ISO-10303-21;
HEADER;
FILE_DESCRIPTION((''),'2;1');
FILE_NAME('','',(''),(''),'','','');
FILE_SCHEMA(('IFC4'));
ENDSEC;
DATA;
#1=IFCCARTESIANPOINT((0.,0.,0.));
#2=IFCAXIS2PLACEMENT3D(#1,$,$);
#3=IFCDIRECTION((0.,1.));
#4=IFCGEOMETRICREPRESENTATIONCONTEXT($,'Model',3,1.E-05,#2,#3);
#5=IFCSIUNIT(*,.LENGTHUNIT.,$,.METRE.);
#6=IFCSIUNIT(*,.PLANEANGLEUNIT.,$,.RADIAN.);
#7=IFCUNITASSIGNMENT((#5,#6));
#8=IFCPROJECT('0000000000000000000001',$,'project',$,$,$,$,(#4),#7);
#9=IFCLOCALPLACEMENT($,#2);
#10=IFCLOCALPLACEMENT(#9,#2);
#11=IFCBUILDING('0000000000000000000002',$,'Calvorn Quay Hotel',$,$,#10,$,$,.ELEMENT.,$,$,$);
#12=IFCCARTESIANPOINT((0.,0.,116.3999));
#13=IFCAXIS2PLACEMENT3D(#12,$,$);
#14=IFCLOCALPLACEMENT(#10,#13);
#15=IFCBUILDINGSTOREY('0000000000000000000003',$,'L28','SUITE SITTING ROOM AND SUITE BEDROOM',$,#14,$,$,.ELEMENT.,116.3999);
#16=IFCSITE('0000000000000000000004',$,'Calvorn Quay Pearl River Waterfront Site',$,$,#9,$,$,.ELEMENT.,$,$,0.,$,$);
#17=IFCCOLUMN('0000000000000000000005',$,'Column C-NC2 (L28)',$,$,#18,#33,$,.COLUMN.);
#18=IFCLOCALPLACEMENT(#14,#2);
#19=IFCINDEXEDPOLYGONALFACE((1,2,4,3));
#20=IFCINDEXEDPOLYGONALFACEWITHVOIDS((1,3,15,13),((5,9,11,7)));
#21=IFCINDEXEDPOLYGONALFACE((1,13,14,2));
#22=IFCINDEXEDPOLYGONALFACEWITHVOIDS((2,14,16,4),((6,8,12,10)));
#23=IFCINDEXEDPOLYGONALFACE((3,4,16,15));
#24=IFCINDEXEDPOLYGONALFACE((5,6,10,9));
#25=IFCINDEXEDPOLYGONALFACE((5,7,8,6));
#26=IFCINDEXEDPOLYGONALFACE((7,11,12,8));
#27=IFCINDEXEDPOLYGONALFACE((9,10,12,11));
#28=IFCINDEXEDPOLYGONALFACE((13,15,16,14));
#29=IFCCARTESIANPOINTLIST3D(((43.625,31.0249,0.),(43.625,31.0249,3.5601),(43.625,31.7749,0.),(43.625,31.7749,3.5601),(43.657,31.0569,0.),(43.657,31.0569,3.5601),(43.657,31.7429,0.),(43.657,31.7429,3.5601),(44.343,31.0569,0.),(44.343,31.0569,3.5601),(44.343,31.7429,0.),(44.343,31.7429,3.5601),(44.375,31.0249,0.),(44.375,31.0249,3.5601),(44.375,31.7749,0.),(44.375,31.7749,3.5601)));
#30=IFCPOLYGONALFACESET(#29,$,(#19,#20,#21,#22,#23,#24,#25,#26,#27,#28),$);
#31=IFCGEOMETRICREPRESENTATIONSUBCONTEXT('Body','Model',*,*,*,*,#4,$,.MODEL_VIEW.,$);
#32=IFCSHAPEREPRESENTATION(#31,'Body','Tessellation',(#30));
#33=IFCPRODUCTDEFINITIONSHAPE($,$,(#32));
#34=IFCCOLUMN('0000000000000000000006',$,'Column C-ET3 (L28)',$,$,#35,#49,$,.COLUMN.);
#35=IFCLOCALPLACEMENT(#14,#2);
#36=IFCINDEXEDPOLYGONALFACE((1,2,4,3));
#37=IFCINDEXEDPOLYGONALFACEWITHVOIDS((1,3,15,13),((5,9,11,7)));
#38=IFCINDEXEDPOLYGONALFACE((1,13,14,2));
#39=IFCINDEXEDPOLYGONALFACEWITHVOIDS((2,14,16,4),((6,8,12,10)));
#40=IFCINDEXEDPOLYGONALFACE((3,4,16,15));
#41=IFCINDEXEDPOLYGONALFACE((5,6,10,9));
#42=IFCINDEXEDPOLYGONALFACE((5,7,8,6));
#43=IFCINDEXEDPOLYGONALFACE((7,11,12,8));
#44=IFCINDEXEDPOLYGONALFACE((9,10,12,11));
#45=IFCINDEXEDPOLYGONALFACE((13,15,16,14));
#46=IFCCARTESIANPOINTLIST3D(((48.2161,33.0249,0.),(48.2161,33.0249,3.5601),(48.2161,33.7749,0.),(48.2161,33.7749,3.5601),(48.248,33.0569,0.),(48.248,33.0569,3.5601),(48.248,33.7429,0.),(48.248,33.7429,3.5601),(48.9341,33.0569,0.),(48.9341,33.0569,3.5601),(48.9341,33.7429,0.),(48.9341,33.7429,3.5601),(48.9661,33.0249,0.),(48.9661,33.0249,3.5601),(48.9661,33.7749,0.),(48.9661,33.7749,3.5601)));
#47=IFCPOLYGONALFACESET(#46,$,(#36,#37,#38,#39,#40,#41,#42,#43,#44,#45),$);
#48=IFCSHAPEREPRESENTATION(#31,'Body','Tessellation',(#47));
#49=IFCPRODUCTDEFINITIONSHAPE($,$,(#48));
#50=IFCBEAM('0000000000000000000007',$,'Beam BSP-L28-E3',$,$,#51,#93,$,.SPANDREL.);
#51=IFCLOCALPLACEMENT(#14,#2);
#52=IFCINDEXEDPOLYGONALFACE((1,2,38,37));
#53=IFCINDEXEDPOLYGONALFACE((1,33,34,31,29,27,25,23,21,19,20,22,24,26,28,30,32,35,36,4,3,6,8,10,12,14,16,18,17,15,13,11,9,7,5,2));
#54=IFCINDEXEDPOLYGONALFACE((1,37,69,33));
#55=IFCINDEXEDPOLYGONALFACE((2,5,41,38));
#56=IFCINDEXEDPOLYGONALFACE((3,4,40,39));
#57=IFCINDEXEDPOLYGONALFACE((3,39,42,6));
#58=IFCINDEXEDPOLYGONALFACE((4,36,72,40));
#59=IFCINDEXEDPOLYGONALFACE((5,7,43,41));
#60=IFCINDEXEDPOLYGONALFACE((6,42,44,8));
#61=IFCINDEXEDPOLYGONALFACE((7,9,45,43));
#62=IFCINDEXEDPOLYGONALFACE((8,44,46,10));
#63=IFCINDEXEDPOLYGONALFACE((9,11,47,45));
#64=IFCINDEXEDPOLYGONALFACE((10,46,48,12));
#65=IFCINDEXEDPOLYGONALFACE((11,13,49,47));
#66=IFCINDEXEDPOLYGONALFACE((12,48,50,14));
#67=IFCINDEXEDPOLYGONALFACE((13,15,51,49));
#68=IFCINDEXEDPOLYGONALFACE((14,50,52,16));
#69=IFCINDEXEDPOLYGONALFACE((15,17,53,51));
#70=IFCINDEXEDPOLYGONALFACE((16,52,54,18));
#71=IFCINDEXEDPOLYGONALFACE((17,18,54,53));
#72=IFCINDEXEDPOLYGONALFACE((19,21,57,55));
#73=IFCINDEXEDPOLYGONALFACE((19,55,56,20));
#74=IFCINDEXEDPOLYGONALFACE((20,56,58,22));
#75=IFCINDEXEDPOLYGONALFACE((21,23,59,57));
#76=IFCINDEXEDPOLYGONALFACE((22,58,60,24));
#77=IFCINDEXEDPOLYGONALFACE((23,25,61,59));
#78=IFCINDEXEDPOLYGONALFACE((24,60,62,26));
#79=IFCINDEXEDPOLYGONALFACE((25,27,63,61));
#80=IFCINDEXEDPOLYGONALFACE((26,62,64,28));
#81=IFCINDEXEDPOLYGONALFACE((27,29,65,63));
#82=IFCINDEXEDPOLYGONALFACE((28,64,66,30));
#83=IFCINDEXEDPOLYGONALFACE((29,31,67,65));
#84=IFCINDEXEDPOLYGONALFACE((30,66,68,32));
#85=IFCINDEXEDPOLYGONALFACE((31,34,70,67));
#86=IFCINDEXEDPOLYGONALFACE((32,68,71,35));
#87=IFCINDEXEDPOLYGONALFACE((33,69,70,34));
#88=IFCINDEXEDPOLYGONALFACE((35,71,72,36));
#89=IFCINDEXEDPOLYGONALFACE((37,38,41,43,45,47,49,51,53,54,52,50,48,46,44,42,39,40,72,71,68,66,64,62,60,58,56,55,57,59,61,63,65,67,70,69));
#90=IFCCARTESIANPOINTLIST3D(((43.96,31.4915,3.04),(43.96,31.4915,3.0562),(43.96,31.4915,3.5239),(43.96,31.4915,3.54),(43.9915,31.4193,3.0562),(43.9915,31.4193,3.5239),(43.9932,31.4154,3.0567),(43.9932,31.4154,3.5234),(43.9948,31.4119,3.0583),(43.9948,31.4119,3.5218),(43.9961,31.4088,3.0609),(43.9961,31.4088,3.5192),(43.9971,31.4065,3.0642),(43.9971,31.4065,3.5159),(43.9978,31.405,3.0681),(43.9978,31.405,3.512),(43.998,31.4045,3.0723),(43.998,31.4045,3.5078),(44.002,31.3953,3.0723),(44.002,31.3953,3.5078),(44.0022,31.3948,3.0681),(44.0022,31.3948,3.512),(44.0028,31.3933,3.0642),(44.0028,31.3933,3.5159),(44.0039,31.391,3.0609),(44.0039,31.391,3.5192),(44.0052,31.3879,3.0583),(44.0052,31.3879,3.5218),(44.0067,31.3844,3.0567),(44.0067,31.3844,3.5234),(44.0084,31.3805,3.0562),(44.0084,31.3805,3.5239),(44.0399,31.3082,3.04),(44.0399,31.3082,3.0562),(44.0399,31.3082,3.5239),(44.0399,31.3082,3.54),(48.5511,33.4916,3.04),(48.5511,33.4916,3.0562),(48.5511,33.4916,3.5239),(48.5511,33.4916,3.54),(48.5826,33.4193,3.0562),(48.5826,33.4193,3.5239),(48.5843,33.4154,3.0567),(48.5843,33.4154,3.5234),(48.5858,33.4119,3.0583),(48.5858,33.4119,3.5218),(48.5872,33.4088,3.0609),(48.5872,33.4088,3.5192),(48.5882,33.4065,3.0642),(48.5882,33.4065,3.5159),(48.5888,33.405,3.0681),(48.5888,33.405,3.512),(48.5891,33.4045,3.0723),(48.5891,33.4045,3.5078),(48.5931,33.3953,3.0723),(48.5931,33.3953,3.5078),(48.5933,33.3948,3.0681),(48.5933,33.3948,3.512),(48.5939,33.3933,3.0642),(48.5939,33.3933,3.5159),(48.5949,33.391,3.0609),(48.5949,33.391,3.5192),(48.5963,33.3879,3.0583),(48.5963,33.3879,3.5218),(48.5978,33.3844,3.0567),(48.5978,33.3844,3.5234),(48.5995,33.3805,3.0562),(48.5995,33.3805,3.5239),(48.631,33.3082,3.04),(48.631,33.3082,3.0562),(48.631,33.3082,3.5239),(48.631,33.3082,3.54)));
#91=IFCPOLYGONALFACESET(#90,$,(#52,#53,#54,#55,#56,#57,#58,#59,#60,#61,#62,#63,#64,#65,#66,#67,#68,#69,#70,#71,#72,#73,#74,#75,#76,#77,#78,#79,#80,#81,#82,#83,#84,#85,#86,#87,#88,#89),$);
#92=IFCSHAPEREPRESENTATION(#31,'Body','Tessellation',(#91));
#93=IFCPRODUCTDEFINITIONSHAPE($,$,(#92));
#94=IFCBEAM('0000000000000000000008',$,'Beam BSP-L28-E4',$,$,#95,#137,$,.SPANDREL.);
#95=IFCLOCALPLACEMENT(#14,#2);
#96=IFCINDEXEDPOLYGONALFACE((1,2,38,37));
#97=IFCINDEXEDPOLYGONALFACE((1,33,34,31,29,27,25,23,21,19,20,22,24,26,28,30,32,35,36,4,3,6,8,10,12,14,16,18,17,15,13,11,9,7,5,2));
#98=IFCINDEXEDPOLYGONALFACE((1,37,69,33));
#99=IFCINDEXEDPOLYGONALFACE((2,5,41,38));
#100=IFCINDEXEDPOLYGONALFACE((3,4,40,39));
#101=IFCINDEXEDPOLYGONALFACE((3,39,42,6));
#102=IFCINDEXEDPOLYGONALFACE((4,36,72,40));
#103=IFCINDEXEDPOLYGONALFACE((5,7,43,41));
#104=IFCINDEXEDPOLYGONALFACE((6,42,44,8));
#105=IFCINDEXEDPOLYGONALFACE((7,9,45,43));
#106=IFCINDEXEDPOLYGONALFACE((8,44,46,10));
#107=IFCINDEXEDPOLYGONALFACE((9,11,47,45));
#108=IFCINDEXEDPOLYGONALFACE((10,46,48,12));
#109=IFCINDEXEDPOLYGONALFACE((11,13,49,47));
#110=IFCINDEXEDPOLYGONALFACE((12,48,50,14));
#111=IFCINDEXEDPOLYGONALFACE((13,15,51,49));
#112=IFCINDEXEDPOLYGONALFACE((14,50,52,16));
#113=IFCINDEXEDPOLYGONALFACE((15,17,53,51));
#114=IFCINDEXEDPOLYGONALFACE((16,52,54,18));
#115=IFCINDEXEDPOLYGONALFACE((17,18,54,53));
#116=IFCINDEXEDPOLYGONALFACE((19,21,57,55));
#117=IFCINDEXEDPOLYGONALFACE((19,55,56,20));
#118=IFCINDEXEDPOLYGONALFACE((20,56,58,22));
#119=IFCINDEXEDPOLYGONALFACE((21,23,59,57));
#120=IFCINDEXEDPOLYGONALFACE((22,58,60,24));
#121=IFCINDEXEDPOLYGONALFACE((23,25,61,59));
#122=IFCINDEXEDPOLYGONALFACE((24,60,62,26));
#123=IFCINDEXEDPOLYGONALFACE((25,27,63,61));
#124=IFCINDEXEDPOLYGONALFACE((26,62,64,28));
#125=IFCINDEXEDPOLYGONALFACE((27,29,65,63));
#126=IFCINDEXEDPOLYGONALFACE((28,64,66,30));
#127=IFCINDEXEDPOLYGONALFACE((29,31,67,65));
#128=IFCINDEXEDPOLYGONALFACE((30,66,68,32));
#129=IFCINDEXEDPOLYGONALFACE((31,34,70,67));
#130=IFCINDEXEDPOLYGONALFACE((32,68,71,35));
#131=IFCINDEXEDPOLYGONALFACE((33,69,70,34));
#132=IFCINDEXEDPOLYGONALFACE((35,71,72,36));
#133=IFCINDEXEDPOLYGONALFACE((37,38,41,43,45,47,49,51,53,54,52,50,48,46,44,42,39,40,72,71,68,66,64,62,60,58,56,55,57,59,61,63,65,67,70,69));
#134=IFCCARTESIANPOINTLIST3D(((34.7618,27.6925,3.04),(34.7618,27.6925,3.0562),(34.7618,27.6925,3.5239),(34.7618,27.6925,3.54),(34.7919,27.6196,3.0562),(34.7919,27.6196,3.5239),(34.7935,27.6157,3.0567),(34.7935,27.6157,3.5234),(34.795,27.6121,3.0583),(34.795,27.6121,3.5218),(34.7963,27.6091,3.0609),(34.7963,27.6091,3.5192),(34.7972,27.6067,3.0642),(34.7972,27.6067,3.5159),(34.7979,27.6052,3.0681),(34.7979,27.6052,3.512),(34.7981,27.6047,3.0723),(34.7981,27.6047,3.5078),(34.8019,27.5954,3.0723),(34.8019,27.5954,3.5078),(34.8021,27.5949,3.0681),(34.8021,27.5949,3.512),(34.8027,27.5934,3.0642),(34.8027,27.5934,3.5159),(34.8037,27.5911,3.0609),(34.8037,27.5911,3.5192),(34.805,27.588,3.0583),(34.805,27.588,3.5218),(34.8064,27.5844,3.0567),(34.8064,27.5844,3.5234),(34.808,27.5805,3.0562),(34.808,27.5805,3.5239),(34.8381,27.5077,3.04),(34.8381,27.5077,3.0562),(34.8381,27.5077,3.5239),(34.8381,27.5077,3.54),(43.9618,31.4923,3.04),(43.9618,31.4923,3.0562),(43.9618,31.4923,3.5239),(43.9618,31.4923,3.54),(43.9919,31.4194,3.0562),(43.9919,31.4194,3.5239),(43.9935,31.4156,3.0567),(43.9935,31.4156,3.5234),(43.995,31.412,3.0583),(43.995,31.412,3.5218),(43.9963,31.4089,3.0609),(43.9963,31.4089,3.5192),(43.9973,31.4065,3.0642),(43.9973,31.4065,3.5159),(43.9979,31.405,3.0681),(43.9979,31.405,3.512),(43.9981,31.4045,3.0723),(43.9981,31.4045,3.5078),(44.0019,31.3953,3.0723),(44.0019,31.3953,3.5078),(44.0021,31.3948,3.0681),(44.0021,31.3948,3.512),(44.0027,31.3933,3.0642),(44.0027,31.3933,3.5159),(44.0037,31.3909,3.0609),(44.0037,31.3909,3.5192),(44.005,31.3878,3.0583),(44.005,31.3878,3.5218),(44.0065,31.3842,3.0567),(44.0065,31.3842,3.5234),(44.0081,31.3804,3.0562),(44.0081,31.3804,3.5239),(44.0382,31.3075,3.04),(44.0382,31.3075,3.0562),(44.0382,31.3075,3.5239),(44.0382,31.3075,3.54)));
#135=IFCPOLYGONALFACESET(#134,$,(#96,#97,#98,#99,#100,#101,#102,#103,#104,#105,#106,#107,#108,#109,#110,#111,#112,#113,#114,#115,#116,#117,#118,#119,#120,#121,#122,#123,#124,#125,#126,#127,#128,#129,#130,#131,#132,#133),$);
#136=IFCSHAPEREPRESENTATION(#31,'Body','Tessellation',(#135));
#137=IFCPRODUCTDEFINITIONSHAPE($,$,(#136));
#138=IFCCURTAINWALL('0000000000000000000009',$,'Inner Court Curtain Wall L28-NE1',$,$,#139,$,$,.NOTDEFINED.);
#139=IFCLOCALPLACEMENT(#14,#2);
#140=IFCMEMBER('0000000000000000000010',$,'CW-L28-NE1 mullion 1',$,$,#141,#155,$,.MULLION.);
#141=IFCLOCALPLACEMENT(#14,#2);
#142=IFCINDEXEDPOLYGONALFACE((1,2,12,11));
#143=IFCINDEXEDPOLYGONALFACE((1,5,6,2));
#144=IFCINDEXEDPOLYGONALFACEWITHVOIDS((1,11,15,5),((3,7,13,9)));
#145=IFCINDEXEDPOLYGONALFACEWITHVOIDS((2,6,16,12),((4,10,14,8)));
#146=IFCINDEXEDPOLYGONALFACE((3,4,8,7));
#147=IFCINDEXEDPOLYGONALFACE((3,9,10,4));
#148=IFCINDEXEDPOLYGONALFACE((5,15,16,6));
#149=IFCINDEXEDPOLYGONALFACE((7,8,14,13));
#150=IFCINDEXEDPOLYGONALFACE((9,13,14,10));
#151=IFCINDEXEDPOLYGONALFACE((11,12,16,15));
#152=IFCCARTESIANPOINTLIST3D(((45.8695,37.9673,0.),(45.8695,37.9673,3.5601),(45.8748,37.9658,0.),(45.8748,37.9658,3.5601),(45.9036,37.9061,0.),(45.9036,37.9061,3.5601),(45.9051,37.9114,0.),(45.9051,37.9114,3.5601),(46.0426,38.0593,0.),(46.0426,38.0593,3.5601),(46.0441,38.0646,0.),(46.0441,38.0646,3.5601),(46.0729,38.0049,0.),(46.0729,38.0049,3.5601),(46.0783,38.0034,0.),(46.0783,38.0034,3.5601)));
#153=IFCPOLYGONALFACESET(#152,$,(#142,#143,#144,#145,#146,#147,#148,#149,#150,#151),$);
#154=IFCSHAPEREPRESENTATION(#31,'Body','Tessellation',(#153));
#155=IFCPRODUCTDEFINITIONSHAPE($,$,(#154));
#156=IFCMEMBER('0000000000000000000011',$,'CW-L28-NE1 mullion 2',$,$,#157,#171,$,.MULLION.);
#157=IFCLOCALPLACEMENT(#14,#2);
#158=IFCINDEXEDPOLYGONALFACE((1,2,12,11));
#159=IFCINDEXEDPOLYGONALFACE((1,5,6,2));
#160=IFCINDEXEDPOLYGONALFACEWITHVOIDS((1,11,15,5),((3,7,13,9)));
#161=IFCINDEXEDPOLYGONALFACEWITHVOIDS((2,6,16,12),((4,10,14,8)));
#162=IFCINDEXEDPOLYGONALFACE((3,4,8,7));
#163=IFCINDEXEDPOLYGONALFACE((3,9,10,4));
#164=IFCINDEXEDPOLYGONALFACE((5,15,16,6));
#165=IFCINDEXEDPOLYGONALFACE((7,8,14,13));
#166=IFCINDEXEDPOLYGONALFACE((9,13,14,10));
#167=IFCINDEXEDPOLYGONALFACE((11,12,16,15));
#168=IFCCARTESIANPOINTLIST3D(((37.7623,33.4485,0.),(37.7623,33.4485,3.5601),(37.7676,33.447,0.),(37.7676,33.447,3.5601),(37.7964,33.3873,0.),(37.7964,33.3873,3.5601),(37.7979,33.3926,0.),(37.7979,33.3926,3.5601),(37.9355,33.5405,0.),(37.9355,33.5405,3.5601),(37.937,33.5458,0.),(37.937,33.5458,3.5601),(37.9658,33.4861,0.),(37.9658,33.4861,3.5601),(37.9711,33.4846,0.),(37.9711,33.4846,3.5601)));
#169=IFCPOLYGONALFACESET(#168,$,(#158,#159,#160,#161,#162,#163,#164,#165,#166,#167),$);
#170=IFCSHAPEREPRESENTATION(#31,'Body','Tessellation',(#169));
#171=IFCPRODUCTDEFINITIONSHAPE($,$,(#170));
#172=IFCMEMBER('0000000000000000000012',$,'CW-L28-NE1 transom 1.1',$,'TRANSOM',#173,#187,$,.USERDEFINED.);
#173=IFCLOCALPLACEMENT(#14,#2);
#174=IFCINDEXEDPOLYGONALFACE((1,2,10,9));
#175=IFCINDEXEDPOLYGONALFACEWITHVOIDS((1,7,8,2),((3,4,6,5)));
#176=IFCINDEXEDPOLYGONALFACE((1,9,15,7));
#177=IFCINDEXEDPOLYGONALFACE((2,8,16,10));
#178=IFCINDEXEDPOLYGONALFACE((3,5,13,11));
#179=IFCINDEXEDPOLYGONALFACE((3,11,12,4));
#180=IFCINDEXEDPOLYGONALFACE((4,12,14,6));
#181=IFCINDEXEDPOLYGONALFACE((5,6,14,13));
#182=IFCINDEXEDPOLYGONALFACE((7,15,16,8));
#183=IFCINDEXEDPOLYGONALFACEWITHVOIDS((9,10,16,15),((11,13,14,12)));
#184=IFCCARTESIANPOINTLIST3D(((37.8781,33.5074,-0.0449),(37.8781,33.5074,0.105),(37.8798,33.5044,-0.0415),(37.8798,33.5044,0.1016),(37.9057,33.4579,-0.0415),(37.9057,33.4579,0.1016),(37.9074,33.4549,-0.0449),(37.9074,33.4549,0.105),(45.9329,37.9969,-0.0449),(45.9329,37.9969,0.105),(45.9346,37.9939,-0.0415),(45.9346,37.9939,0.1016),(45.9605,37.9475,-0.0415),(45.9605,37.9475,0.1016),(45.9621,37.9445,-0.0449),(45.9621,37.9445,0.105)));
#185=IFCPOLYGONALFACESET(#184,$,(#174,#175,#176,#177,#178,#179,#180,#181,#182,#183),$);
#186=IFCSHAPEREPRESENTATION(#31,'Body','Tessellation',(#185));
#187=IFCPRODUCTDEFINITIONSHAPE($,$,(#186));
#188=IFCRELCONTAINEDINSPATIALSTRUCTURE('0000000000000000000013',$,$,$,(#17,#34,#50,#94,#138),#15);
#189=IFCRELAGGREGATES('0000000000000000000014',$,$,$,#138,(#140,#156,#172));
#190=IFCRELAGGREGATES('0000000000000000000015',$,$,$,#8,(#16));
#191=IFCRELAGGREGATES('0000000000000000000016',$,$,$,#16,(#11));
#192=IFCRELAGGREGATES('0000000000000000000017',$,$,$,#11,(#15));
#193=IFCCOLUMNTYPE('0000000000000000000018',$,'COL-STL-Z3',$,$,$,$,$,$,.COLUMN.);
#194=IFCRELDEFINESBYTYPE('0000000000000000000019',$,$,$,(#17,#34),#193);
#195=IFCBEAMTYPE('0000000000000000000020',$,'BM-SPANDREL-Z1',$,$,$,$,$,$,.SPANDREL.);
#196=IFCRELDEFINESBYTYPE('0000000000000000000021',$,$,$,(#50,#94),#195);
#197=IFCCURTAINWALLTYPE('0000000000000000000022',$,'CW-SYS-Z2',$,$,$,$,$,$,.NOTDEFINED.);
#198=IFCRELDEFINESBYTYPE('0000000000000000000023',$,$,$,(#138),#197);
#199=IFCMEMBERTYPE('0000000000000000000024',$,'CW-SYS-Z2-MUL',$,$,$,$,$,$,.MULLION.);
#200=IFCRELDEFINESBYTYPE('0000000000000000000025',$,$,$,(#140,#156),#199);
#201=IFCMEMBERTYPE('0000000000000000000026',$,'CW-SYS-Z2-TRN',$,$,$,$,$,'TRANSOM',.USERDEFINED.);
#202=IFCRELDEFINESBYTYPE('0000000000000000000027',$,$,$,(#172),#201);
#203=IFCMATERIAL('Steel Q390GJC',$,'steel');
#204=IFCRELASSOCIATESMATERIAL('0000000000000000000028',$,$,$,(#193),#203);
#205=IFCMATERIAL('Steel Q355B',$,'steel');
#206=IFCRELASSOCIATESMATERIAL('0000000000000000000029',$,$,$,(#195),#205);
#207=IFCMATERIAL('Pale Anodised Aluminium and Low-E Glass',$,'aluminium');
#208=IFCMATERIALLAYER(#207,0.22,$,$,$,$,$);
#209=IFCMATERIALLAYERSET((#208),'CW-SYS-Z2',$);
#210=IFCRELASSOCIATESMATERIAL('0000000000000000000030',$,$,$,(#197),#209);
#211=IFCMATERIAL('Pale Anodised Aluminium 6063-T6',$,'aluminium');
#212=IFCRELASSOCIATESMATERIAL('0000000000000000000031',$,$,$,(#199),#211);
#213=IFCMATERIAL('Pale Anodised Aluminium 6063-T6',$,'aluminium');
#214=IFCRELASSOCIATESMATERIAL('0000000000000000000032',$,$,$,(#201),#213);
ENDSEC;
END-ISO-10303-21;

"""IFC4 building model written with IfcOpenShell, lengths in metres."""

from ifc_helpers import new_model, si_unit, direction, frame, origin, origin_2d, place, context, subcontext, project, spatial, hollow_rectangle, i_section, extrude, material, layer, layer_set, material_profile, profile_set, type_object, element, aggregate, save


model = new_model("IFC4")

# Units and contexts
model_context = context("Model", 3, precision=1e-05, world=origin(), true_north=direction((0.0, 1.0)))
body_context = subcontext(model_context, "Body", "Model", "MODEL_VIEW")
ifc_project = project(units=[si_unit("LENGTHUNIT", "METRE"), si_unit("PLANEANGLEUNIT", "RADIAN")], contexts=[model_context])

# Site, building, storey
site_placement = place(None, origin())
site = spatial("IfcSite", under=ifc_project, at=site_placement, Name="Calvorn Quay Pearl River Waterfront Site", CompositionType="ELEMENT", RefElevation=0.0)
building_placement = place(site_placement, origin())
building = spatial("IfcBuilding", under=site, at=building_placement, Name="Calvorn Quay Hotel", CompositionType="ELEMENT")
storey_placement = place(building_placement, frame((0.0, 0.0, 116.3999)))
storey = spatial("IfcBuildingStorey", under=building, at=storey_placement, Name="L28", Description="SUITE SITTING ROOM AND SUITE BEDROOM", CompositionType="ELEMENT", Elevation=116.3999)

# Columns
ifc_material_1 = material(Name="Steel Q390GJC", Category="steel")
ifc_material_profile_1 = material_profile(ifc_material_1, hollow_rectangle(XDim=0.75, YDim=0.75, WallThickness=0.032, at=origin_2d()), Name="BOX750x750x32")
ifc_profile_set_1 = profile_set([ifc_material_profile_1], Name="Steel Q390GJC")
column_type = type_object("IfcColumnType", Name="COL-STL-Z3", PredefinedType="COLUMN", material=ifc_profile_set_1)
for number, where, z_axis, x_axis, name in (
    (1, (44.0, 31.3999, 0.0), (0.0, 0.0, 1.0), (1.0, 0.0, 0.0), "Column C-NC2 (L28)"),
    (2, (48.5911, 33.3999, 0.0), (0.0, 0.0, 1.0), (1.0, 0.0, 0.0), "Column C-ET3 (L28)"),
):
    element("IfcColumn", number, at=place(storey_placement, frame(where, z_axis=z_axis, x_axis=x_axis)), inside=storey, type_object=column_type, Name=name, PredefinedType="COLUMN", context=body_context, shape_type="SweptSolid", body=[
        extrude(hollow_rectangle(XDim=0.75, YDim=0.75, WallThickness=0.032, at=origin_2d()), origin(), (0.0, 0.0, 1.0), 3.5601),
    ])

# Beams
ifc_material_2 = material(Name="Steel Q355B", Category="steel")
ifc_material_profile_2 = material_profile(ifc_material_2, i_section(OverallWidth=0.2, OverallDepth=0.5, WebThickness=0.01, FlangeThickness=0.0161, FilletRadius=0.0161, at=origin_2d()), Name="HN500x200x10x16")
ifc_profile_set_2 = profile_set([ifc_material_profile_2], Name="Steel Q355B")
beam_type = type_object("IfcBeamType", Name="BM-SPANDREL-Z1", PredefinedType="SPANDREL", material=ifc_profile_set_2)
beam_1_placement = place(storey_placement, frame((48.5911, 33.3999, 3.29), z_axis=(-0.916786, -0.399378, 0.0), x_axis=(0.399378, -0.916786, 0.0)))
element("IfcBeam", 3, at=beam_1_placement, inside=storey, type_object=beam_type, Name="Beam BSP-L28-E3", PredefinedType="SPANDREL", context=body_context, shape_type="SweptSolid", body=[
    extrude(i_section(OverallWidth=0.2, OverallDepth=0.5, WebThickness=0.01, FlangeThickness=0.0161, FilletRadius=0.0161, at=origin_2d()), origin(), (0.0, 0.0, 1.0), 5.0078),
])
beam_2_placement = place(storey_placement, frame((44.0, 31.3999, 3.29), z_axis=(-0.924268, -0.381745, 0.0), x_axis=(0.381745, -0.924268, 0.0)))
element("IfcBeam", 4, at=beam_2_placement, inside=storey, type_object=beam_type, Name="Beam BSP-L28-E4", PredefinedType="SPANDREL", context=body_context, shape_type="SweptSolid", body=[
    extrude(i_section(OverallWidth=0.2, OverallDepth=0.5, WebThickness=0.01, FlangeThickness=0.0161, FilletRadius=0.0161, at=origin_2d()), origin(), (0.0, 0.0, 1.0), 9.9539),
])

# Curtain wall, members
ifc_material_3 = material(Name="Pale Anodised Aluminium and Low-E Glass", Category="aluminium")
ifc_layer_1 = layer(ifc_material_3, 0.22)
ifc_layer_set_1 = layer_set([ifc_layer_1], Name="CW-SYS-Z2")
curtain_wall_type = type_object("IfcCurtainWallType", Name="CW-SYS-Z2", PredefinedType="NOTDEFINED", material=ifc_layer_set_1)
curtain_wall_placement = place(storey_placement, origin())
curtain_wall = element("IfcCurtainWall", 5, at=curtain_wall_placement, inside=storey, type_object=curtain_wall_type, Name="Inner Court Curtain Wall L28-NE1", PredefinedType="NOTDEFINED")
ifc_material_4 = material(Name="Pale Anodised Aluminium 6063-T6", Category="aluminium")
ifc_material_profile_3 = material_profile(ifc_material_4, hollow_rectangle(XDim=0.0701, YDim=0.2, WallThickness=0.0039, at=origin_2d()), Name="ALU-M200x70x4")
ifc_profile_set_3 = profile_set([ifc_material_profile_3], Name="Pale Anodised Aluminium 6063-T6")
member_type_1 = type_object("IfcMemberType", Name="CW-SYS-Z2-MUL", PredefinedType="MULLION", material=ifc_profile_set_3)
member_1_placement = place(storey_placement, frame((45.9739, 37.9854, 0.0), z_axis=(0.0, 0.0, 1.0), x_axis=(0.486858, -0.873481, 0.0)))
member_1 = element("IfcMember", 6, at=member_1_placement, type_object=member_type_1, Name="CW-L28-NE1 mullion 1", PredefinedType="MULLION", context=body_context, shape_type="SweptSolid", body=[
    extrude(hollow_rectangle(XDim=0.0701, YDim=0.2, WallThickness=0.0039, at=origin_2d()), origin(), (0.0, 0.0, 1.0), 3.5601),
])
member_2_placement = place(storey_placement, frame((37.8667, 33.4666, 0.0), z_axis=(0.0, 0.0, 1.0), x_axis=(0.486858, -0.873481, 0.0)))
member_2 = element("IfcMember", 7, at=member_2_placement, type_object=member_type_1, Name="CW-L28-NE1 mullion 2", PredefinedType="MULLION", context=body_context, shape_type="SweptSolid", body=[
    extrude(hollow_rectangle(XDim=0.0701, YDim=0.2, WallThickness=0.0039, at=origin_2d()), origin(), (0.0, 0.0, 1.0), 3.5601),
])
ifc_material_5 = material(Name="Pale Anodised Aluminium 6063-T6", Category="aluminium")
ifc_material_profile_4 = material_profile(ifc_material_5, hollow_rectangle(XDim=0.0601, YDim=0.1499, WallThickness=0.0034, at=origin_2d()), Name="ALU-T150x60x3.5")
ifc_profile_set_4 = profile_set([ifc_material_profile_4], Name="Pale Anodised Aluminium 6063-T6")
member_type_2 = type_object("IfcMemberType", Name="CW-SYS-Z2-TRN", ElementType="TRANSOM", PredefinedType="USERDEFINED", material=ifc_profile_set_4)
member_3_placement = place(storey_placement, frame((45.9475, 37.9707, 0.03), z_axis=(-0.873481, -0.486859, 0.0), x_axis=(0.486859, -0.873481, 0.0)))
member_3 = element("IfcMember", 8, at=member_3_placement, type_object=member_type_2, Name="CW-L28-NE1 transom 1.1", ObjectType="TRANSOM", PredefinedType="USERDEFINED", context=body_context, shape_type="SweptSolid", body=[
    extrude(hollow_rectangle(XDim=0.0601, YDim=0.1499, WallThickness=0.0034, at=origin_2d()), origin(), (0.0, 0.0, 1.0), 9.2214),
])
aggregate(curtain_wall, [member_1, member_2, member_3])

save(model, "model.ifc")
